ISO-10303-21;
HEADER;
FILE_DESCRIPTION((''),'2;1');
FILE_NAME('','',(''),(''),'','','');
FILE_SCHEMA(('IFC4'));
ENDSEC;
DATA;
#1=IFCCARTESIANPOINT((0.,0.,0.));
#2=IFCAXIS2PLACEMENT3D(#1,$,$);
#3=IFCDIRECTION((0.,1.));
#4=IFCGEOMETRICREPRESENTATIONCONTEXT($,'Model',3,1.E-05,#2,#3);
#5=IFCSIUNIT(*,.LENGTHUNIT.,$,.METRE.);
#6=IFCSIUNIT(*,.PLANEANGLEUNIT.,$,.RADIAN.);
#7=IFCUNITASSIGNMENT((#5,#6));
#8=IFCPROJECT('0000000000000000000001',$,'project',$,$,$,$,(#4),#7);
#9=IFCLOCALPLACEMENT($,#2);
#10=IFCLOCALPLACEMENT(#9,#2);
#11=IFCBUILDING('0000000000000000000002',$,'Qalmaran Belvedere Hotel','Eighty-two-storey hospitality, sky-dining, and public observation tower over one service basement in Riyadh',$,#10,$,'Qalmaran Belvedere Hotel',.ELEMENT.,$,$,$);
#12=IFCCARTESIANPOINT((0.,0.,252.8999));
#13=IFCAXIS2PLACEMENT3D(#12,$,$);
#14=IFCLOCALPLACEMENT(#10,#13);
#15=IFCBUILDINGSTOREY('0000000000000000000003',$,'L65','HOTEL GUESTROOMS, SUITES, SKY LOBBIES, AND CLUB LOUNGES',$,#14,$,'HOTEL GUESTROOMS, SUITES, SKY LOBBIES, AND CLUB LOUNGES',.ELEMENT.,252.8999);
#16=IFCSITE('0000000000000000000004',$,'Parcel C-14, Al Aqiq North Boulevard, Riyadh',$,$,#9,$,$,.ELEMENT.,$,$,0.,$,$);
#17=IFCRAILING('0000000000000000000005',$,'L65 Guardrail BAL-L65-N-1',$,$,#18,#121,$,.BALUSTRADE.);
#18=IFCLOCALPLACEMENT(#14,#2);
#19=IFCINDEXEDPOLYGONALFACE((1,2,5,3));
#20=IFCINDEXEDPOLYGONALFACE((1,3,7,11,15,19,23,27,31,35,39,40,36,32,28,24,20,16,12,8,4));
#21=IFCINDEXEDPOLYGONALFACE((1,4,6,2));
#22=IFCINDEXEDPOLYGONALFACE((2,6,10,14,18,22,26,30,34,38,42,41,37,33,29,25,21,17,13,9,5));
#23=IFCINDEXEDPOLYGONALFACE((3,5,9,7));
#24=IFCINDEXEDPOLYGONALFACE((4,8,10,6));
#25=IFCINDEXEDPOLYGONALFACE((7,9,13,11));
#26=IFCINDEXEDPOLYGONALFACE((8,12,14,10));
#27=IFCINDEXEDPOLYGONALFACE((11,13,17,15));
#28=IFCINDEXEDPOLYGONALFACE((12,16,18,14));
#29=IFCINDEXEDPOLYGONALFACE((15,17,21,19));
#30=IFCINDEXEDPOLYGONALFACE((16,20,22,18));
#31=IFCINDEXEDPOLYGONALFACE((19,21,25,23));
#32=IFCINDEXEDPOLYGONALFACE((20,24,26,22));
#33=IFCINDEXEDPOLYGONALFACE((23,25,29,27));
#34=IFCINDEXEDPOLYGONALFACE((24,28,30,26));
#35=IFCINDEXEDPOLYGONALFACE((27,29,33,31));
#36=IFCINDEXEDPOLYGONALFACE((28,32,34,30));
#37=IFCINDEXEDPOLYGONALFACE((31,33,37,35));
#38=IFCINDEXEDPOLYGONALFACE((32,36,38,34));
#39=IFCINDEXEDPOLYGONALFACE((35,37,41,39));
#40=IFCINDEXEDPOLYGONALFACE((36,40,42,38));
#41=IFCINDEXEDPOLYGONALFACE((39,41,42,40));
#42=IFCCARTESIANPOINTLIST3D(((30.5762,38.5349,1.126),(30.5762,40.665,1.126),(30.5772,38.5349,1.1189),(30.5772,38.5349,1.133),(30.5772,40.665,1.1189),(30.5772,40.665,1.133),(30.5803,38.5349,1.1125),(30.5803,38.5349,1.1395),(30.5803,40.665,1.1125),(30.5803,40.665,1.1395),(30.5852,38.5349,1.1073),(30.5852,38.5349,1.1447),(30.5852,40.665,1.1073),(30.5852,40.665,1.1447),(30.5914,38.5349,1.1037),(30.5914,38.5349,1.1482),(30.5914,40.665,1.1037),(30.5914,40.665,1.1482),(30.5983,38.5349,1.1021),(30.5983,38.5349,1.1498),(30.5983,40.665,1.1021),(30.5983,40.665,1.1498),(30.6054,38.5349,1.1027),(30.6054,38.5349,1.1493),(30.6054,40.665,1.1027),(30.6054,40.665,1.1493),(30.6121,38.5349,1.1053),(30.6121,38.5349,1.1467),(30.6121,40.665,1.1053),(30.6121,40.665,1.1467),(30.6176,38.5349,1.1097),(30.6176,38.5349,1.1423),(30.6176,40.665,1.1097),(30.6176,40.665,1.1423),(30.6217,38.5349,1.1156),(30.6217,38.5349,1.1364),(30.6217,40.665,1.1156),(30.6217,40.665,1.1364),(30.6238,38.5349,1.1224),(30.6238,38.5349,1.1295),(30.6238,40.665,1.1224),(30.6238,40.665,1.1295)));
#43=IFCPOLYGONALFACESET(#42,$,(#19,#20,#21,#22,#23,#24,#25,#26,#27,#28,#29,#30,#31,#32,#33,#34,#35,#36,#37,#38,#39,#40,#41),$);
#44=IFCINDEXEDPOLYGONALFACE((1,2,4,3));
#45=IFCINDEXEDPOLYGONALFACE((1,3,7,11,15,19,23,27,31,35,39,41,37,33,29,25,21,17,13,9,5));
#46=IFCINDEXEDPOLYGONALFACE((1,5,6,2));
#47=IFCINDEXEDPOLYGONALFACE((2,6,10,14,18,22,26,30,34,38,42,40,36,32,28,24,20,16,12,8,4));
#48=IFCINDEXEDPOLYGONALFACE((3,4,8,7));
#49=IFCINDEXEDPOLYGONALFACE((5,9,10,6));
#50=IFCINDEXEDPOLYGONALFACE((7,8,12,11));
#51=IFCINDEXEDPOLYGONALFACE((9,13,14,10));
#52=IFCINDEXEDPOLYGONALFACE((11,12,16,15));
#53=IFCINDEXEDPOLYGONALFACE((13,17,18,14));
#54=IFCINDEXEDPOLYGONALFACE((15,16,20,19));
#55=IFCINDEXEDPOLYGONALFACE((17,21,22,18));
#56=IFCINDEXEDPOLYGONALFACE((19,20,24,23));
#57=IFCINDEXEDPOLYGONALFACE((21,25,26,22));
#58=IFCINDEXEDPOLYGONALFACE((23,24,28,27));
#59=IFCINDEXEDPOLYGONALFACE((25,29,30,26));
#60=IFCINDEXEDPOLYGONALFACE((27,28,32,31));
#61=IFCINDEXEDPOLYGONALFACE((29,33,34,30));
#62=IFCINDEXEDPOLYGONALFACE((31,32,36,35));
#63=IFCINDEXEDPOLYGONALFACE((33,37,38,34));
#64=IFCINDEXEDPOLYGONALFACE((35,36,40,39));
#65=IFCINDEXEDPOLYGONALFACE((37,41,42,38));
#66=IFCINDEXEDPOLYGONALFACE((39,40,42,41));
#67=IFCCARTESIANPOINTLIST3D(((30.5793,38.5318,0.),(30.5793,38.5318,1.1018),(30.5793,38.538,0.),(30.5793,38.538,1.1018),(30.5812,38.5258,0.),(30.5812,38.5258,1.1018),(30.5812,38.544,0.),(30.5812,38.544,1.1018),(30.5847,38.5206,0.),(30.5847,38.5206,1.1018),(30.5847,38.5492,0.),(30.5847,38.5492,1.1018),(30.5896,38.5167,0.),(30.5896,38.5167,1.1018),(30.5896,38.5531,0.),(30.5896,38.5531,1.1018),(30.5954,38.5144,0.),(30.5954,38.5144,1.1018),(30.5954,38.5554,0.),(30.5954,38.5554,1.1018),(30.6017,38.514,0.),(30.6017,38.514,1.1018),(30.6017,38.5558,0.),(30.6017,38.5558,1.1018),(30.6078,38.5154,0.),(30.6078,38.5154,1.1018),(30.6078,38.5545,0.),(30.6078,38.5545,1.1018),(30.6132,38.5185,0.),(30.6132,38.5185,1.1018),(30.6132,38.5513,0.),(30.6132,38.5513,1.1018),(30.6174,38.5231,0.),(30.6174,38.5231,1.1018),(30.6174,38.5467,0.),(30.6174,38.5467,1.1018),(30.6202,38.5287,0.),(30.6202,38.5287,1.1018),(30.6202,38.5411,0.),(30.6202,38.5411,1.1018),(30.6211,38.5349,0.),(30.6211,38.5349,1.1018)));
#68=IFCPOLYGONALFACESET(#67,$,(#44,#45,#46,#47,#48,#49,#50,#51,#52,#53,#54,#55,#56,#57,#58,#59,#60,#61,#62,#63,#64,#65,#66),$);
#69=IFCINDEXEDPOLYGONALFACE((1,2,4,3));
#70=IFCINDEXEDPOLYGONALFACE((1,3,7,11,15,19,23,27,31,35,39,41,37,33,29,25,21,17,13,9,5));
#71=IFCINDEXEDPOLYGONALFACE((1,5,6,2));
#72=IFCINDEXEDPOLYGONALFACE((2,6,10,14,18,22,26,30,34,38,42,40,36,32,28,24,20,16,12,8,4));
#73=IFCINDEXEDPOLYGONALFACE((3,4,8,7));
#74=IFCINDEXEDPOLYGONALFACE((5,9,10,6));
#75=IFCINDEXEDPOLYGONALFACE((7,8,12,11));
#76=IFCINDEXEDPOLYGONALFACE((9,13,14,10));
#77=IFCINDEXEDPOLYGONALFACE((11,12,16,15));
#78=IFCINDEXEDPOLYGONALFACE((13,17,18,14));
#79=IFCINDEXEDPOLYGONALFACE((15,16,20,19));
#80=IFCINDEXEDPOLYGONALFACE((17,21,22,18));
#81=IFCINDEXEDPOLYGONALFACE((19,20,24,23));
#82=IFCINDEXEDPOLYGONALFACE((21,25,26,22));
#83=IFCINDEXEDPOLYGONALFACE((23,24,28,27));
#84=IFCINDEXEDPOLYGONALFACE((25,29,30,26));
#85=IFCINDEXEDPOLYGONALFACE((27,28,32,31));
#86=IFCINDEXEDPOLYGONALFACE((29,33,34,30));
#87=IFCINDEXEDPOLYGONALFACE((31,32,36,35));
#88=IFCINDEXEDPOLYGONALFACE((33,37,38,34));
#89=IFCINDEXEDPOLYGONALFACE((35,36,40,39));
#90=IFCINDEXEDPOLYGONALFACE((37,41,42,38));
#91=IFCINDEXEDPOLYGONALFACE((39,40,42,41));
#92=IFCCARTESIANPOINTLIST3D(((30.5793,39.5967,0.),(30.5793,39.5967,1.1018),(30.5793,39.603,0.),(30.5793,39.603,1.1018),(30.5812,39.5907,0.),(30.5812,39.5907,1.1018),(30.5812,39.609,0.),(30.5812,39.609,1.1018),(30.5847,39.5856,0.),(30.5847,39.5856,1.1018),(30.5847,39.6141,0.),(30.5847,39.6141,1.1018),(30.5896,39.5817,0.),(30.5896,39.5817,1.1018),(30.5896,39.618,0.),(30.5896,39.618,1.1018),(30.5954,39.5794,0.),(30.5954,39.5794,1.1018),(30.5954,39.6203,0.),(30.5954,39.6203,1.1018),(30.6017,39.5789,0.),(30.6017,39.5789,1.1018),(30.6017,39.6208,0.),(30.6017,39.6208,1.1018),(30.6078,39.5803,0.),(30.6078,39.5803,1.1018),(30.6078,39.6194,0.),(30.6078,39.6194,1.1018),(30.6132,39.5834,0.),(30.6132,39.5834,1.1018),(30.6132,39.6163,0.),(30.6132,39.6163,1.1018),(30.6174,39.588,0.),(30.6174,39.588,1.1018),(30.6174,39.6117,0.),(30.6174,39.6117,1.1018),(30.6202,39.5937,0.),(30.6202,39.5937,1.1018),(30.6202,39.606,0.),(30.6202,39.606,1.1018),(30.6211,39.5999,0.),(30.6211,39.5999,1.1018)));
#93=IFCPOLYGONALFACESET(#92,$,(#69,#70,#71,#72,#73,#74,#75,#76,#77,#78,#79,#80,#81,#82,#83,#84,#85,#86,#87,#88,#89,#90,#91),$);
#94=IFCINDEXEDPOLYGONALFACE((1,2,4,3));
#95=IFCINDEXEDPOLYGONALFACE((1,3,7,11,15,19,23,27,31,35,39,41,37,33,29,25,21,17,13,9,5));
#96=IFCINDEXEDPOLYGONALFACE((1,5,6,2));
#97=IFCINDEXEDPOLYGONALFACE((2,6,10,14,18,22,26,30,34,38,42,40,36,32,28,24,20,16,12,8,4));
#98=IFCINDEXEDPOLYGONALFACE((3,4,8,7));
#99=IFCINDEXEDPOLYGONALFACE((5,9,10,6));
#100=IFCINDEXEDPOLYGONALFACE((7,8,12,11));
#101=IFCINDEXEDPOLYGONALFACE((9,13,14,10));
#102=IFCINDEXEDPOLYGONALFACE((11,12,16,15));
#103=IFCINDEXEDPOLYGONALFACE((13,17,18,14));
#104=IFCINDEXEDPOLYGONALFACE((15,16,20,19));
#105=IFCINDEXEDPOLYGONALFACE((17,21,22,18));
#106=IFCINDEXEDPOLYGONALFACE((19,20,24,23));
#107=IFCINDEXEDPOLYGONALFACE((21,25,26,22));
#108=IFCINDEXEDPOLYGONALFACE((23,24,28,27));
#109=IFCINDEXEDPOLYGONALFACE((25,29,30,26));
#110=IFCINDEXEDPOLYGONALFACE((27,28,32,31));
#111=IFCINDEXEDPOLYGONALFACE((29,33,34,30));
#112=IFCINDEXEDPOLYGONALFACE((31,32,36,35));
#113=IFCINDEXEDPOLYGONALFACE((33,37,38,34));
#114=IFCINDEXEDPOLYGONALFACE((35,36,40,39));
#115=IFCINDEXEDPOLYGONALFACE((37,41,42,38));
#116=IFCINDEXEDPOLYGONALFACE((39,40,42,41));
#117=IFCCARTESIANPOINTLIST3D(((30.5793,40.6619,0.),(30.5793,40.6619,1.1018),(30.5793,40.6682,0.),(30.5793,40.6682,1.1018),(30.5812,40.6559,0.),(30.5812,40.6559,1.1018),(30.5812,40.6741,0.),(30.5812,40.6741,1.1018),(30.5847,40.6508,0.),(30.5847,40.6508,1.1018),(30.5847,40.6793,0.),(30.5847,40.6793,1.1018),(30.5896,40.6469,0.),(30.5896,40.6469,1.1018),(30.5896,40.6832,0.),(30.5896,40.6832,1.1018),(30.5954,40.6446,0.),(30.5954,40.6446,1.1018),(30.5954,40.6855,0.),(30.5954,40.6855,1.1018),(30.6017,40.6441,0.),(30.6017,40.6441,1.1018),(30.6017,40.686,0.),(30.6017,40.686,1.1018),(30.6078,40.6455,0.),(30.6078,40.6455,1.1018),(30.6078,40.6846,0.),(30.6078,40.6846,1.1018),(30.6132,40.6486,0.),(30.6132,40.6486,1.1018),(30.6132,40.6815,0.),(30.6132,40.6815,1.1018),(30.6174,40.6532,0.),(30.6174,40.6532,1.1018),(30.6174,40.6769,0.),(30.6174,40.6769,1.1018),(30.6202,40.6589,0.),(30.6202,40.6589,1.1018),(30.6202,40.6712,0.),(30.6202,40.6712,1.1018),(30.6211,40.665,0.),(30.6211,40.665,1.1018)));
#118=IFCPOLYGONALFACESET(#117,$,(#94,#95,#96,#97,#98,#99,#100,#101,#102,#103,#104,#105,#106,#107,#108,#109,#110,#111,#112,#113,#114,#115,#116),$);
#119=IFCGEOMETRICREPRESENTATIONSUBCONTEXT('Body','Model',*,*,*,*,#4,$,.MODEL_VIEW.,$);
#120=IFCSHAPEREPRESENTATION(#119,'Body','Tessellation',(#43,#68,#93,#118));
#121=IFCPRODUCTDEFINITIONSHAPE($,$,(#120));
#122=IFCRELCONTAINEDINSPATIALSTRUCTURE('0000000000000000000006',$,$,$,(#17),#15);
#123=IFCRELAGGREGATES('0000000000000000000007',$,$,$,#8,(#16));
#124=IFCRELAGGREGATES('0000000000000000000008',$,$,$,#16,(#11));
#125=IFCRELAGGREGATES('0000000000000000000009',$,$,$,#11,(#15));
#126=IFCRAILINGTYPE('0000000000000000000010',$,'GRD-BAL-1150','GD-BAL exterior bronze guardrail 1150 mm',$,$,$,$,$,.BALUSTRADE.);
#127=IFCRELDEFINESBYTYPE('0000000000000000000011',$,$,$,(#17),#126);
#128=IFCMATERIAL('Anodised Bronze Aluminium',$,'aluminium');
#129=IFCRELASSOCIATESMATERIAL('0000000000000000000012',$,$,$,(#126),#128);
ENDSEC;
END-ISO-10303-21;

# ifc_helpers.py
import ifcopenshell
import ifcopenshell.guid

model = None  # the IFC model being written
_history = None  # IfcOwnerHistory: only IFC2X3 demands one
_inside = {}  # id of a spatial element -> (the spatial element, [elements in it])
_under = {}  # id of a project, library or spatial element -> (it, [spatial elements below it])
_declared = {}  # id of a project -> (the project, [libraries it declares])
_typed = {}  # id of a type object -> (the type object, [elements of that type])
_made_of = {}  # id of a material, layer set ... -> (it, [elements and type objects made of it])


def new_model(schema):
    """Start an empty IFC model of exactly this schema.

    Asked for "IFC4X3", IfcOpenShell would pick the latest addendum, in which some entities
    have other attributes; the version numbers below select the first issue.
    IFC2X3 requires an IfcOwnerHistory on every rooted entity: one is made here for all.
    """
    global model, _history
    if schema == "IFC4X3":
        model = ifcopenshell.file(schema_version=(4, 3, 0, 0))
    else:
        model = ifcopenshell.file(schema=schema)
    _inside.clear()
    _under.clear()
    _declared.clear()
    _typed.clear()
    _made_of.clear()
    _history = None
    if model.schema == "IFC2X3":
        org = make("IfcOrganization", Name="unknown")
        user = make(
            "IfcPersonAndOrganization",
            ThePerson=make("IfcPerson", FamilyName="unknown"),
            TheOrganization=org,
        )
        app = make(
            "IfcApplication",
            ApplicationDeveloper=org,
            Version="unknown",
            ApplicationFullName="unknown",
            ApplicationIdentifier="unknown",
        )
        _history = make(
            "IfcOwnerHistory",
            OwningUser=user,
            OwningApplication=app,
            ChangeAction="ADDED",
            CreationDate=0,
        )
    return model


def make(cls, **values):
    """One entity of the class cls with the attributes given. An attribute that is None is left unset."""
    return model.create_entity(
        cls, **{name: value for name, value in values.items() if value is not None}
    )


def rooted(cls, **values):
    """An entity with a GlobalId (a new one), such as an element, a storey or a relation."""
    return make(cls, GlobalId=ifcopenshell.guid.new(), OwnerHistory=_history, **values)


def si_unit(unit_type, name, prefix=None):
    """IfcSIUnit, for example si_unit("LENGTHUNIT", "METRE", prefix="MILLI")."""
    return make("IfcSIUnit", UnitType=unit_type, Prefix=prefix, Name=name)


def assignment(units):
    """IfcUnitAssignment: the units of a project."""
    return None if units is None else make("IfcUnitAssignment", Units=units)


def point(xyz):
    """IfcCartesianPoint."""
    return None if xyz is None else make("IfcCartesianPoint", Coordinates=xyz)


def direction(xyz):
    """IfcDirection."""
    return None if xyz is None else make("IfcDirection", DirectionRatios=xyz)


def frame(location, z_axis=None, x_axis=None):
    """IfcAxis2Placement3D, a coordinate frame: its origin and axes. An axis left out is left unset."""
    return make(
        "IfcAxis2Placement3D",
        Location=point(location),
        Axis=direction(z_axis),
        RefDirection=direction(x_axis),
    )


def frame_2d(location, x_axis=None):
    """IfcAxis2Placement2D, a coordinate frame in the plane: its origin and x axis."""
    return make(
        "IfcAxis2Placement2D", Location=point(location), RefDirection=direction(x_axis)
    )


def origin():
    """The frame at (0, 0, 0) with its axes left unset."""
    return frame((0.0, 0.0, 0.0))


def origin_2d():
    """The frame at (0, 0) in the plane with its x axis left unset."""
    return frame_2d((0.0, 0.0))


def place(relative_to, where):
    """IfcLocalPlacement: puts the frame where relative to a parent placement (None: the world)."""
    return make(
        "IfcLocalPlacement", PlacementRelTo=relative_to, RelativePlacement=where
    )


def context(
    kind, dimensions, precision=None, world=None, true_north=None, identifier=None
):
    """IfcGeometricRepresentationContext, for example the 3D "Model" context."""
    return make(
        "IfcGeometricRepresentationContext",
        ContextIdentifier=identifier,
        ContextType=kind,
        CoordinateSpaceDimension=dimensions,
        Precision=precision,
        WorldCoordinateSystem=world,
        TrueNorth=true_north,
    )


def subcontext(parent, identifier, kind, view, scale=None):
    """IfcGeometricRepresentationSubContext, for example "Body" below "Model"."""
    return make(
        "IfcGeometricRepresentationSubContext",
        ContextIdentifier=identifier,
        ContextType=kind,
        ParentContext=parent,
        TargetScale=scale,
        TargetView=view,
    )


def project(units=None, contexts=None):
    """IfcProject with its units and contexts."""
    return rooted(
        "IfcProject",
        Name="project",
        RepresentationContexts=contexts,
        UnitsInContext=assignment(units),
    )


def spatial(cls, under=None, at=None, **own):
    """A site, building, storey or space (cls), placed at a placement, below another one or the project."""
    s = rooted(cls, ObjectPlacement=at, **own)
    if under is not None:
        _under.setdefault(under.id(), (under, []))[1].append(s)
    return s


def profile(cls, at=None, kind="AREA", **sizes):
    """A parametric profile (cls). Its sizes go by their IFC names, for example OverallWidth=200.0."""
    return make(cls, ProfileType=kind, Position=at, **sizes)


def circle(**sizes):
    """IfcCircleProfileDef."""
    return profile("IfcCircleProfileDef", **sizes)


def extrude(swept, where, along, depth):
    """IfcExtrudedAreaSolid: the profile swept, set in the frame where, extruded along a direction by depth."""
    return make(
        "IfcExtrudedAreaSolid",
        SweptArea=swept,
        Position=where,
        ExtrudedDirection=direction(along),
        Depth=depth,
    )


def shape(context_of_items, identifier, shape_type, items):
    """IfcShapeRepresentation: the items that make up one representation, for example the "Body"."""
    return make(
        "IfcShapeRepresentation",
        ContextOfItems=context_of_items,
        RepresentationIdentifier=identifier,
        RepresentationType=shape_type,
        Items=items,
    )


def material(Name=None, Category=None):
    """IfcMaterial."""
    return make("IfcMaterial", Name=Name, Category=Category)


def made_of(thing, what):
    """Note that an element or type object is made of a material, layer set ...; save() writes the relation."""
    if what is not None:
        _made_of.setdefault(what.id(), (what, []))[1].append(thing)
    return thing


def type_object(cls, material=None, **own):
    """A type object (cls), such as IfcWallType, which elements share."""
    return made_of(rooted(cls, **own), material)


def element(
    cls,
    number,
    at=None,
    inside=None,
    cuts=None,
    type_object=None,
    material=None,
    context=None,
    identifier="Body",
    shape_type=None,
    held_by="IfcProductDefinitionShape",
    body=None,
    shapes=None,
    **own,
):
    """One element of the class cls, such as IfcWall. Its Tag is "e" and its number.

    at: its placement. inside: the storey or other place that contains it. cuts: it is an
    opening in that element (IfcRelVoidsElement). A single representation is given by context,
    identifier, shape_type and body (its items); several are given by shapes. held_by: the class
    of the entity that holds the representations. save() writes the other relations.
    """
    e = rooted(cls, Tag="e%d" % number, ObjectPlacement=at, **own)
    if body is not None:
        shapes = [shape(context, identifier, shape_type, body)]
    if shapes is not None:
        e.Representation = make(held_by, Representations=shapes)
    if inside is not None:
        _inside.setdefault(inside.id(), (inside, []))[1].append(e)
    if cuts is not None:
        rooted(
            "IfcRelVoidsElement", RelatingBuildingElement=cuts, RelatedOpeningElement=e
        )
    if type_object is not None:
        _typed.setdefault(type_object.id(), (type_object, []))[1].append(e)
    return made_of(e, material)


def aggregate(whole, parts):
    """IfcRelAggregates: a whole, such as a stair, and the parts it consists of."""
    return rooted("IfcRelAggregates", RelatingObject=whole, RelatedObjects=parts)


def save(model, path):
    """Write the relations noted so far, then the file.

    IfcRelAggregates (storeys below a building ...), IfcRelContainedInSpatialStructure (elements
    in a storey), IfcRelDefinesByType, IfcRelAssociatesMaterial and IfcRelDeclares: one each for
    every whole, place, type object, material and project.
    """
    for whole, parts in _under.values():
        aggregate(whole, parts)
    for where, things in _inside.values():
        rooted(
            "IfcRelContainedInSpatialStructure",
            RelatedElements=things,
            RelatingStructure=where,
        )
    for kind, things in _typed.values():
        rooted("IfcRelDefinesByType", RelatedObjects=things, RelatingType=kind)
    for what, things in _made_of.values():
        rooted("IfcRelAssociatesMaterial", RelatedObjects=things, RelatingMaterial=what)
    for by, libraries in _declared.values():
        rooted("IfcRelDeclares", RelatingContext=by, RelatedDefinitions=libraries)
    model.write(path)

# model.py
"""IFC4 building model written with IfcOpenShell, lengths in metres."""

from ifc_helpers import new_model, si_unit, direction, frame, origin, origin_2d, place, context, subcontext, project, spatial, circle, extrude, material, type_object, element, save


model = new_model("IFC4")

# Units and contexts
model_context = context("Model", 3, precision=1e-05, world=origin(), true_north=direction((0.0, 1.0)))
body_context = subcontext(model_context, "Body", "Model", "MODEL_VIEW")
ifc_project = project(units=[si_unit("LENGTHUNIT", "METRE"), si_unit("PLANEANGLEUNIT", "RADIAN")], contexts=[model_context])

# Site, building, storey
site_placement = place(None, origin())
site = spatial("IfcSite", under=ifc_project, at=site_placement, Name="Parcel C-14, Al Aqiq North Boulevard, Riyadh", CompositionType="ELEMENT", RefElevation=0.0)
building_placement = place(site_placement, origin())
building = spatial("IfcBuilding", under=site, at=building_placement, Name="Qalmaran Belvedere Hotel", Description="Eighty-two-storey hospitality, sky-dining, and public observation tower over one service basement in Riyadh", LongName="Qalmaran Belvedere Hotel", CompositionType="ELEMENT")
storey_placement = place(building_placement, frame((0.0, 0.0, 252.8999)))
storey = spatial("IfcBuildingStorey", under=building, at=storey_placement, Name="L65", Description="HOTEL GUESTROOMS, SUITES, SKY LOBBIES, AND CLUB LOUNGES", LongName="HOTEL GUESTROOMS, SUITES, SKY LOBBIES, AND CLUB LOUNGES", CompositionType="ELEMENT", Elevation=252.8999)

# Shared definitions
ifc_material_1 = material(Name="Anodised Bronze Aluminium", Category="aluminium")

# Railing
railing_type = type_object("IfcRailingType", Name="GRD-BAL-1150", Description="GD-BAL exterior bronze guardrail 1150 mm", PredefinedType="BALUSTRADE", material=ifc_material_1)
railing_1_placement = place(storey_placement, frame((30.6001, 38.5349, 0.0)))
element("IfcRailing", 1, at=railing_1_placement, inside=storey, type_object=railing_type, Name="L65 Guardrail BAL-L65-N-1", PredefinedType="BALUSTRADE", context=body_context, shape_type="SweptSolid", body=[
    extrude(circle(Radius=0.0239, at=origin_2d()), frame((0.0, 0.0, 1.126), z_axis=(0.0, 1.0, 0.0), x_axis=(-1.0, 0.0, 0.0)), (0.0, 0.0, 1.0), 2.1301),
    extrude(circle(Radius=0.021, at=origin_2d()), origin(), (0.0, 0.0, 1.0), 1.1018),
    extrude(circle(Radius=0.021, at=origin_2d()), frame((0.0, 1.0649, 0.0)), (0.0, 0.0, 1.0), 1.1018),
    extrude(circle(Radius=0.021, at=origin_2d()), frame((0.0, 2.1301, 0.0)), (0.0, 0.0, 1.0), 1.1018),
])

save(model, "model.ifc")
